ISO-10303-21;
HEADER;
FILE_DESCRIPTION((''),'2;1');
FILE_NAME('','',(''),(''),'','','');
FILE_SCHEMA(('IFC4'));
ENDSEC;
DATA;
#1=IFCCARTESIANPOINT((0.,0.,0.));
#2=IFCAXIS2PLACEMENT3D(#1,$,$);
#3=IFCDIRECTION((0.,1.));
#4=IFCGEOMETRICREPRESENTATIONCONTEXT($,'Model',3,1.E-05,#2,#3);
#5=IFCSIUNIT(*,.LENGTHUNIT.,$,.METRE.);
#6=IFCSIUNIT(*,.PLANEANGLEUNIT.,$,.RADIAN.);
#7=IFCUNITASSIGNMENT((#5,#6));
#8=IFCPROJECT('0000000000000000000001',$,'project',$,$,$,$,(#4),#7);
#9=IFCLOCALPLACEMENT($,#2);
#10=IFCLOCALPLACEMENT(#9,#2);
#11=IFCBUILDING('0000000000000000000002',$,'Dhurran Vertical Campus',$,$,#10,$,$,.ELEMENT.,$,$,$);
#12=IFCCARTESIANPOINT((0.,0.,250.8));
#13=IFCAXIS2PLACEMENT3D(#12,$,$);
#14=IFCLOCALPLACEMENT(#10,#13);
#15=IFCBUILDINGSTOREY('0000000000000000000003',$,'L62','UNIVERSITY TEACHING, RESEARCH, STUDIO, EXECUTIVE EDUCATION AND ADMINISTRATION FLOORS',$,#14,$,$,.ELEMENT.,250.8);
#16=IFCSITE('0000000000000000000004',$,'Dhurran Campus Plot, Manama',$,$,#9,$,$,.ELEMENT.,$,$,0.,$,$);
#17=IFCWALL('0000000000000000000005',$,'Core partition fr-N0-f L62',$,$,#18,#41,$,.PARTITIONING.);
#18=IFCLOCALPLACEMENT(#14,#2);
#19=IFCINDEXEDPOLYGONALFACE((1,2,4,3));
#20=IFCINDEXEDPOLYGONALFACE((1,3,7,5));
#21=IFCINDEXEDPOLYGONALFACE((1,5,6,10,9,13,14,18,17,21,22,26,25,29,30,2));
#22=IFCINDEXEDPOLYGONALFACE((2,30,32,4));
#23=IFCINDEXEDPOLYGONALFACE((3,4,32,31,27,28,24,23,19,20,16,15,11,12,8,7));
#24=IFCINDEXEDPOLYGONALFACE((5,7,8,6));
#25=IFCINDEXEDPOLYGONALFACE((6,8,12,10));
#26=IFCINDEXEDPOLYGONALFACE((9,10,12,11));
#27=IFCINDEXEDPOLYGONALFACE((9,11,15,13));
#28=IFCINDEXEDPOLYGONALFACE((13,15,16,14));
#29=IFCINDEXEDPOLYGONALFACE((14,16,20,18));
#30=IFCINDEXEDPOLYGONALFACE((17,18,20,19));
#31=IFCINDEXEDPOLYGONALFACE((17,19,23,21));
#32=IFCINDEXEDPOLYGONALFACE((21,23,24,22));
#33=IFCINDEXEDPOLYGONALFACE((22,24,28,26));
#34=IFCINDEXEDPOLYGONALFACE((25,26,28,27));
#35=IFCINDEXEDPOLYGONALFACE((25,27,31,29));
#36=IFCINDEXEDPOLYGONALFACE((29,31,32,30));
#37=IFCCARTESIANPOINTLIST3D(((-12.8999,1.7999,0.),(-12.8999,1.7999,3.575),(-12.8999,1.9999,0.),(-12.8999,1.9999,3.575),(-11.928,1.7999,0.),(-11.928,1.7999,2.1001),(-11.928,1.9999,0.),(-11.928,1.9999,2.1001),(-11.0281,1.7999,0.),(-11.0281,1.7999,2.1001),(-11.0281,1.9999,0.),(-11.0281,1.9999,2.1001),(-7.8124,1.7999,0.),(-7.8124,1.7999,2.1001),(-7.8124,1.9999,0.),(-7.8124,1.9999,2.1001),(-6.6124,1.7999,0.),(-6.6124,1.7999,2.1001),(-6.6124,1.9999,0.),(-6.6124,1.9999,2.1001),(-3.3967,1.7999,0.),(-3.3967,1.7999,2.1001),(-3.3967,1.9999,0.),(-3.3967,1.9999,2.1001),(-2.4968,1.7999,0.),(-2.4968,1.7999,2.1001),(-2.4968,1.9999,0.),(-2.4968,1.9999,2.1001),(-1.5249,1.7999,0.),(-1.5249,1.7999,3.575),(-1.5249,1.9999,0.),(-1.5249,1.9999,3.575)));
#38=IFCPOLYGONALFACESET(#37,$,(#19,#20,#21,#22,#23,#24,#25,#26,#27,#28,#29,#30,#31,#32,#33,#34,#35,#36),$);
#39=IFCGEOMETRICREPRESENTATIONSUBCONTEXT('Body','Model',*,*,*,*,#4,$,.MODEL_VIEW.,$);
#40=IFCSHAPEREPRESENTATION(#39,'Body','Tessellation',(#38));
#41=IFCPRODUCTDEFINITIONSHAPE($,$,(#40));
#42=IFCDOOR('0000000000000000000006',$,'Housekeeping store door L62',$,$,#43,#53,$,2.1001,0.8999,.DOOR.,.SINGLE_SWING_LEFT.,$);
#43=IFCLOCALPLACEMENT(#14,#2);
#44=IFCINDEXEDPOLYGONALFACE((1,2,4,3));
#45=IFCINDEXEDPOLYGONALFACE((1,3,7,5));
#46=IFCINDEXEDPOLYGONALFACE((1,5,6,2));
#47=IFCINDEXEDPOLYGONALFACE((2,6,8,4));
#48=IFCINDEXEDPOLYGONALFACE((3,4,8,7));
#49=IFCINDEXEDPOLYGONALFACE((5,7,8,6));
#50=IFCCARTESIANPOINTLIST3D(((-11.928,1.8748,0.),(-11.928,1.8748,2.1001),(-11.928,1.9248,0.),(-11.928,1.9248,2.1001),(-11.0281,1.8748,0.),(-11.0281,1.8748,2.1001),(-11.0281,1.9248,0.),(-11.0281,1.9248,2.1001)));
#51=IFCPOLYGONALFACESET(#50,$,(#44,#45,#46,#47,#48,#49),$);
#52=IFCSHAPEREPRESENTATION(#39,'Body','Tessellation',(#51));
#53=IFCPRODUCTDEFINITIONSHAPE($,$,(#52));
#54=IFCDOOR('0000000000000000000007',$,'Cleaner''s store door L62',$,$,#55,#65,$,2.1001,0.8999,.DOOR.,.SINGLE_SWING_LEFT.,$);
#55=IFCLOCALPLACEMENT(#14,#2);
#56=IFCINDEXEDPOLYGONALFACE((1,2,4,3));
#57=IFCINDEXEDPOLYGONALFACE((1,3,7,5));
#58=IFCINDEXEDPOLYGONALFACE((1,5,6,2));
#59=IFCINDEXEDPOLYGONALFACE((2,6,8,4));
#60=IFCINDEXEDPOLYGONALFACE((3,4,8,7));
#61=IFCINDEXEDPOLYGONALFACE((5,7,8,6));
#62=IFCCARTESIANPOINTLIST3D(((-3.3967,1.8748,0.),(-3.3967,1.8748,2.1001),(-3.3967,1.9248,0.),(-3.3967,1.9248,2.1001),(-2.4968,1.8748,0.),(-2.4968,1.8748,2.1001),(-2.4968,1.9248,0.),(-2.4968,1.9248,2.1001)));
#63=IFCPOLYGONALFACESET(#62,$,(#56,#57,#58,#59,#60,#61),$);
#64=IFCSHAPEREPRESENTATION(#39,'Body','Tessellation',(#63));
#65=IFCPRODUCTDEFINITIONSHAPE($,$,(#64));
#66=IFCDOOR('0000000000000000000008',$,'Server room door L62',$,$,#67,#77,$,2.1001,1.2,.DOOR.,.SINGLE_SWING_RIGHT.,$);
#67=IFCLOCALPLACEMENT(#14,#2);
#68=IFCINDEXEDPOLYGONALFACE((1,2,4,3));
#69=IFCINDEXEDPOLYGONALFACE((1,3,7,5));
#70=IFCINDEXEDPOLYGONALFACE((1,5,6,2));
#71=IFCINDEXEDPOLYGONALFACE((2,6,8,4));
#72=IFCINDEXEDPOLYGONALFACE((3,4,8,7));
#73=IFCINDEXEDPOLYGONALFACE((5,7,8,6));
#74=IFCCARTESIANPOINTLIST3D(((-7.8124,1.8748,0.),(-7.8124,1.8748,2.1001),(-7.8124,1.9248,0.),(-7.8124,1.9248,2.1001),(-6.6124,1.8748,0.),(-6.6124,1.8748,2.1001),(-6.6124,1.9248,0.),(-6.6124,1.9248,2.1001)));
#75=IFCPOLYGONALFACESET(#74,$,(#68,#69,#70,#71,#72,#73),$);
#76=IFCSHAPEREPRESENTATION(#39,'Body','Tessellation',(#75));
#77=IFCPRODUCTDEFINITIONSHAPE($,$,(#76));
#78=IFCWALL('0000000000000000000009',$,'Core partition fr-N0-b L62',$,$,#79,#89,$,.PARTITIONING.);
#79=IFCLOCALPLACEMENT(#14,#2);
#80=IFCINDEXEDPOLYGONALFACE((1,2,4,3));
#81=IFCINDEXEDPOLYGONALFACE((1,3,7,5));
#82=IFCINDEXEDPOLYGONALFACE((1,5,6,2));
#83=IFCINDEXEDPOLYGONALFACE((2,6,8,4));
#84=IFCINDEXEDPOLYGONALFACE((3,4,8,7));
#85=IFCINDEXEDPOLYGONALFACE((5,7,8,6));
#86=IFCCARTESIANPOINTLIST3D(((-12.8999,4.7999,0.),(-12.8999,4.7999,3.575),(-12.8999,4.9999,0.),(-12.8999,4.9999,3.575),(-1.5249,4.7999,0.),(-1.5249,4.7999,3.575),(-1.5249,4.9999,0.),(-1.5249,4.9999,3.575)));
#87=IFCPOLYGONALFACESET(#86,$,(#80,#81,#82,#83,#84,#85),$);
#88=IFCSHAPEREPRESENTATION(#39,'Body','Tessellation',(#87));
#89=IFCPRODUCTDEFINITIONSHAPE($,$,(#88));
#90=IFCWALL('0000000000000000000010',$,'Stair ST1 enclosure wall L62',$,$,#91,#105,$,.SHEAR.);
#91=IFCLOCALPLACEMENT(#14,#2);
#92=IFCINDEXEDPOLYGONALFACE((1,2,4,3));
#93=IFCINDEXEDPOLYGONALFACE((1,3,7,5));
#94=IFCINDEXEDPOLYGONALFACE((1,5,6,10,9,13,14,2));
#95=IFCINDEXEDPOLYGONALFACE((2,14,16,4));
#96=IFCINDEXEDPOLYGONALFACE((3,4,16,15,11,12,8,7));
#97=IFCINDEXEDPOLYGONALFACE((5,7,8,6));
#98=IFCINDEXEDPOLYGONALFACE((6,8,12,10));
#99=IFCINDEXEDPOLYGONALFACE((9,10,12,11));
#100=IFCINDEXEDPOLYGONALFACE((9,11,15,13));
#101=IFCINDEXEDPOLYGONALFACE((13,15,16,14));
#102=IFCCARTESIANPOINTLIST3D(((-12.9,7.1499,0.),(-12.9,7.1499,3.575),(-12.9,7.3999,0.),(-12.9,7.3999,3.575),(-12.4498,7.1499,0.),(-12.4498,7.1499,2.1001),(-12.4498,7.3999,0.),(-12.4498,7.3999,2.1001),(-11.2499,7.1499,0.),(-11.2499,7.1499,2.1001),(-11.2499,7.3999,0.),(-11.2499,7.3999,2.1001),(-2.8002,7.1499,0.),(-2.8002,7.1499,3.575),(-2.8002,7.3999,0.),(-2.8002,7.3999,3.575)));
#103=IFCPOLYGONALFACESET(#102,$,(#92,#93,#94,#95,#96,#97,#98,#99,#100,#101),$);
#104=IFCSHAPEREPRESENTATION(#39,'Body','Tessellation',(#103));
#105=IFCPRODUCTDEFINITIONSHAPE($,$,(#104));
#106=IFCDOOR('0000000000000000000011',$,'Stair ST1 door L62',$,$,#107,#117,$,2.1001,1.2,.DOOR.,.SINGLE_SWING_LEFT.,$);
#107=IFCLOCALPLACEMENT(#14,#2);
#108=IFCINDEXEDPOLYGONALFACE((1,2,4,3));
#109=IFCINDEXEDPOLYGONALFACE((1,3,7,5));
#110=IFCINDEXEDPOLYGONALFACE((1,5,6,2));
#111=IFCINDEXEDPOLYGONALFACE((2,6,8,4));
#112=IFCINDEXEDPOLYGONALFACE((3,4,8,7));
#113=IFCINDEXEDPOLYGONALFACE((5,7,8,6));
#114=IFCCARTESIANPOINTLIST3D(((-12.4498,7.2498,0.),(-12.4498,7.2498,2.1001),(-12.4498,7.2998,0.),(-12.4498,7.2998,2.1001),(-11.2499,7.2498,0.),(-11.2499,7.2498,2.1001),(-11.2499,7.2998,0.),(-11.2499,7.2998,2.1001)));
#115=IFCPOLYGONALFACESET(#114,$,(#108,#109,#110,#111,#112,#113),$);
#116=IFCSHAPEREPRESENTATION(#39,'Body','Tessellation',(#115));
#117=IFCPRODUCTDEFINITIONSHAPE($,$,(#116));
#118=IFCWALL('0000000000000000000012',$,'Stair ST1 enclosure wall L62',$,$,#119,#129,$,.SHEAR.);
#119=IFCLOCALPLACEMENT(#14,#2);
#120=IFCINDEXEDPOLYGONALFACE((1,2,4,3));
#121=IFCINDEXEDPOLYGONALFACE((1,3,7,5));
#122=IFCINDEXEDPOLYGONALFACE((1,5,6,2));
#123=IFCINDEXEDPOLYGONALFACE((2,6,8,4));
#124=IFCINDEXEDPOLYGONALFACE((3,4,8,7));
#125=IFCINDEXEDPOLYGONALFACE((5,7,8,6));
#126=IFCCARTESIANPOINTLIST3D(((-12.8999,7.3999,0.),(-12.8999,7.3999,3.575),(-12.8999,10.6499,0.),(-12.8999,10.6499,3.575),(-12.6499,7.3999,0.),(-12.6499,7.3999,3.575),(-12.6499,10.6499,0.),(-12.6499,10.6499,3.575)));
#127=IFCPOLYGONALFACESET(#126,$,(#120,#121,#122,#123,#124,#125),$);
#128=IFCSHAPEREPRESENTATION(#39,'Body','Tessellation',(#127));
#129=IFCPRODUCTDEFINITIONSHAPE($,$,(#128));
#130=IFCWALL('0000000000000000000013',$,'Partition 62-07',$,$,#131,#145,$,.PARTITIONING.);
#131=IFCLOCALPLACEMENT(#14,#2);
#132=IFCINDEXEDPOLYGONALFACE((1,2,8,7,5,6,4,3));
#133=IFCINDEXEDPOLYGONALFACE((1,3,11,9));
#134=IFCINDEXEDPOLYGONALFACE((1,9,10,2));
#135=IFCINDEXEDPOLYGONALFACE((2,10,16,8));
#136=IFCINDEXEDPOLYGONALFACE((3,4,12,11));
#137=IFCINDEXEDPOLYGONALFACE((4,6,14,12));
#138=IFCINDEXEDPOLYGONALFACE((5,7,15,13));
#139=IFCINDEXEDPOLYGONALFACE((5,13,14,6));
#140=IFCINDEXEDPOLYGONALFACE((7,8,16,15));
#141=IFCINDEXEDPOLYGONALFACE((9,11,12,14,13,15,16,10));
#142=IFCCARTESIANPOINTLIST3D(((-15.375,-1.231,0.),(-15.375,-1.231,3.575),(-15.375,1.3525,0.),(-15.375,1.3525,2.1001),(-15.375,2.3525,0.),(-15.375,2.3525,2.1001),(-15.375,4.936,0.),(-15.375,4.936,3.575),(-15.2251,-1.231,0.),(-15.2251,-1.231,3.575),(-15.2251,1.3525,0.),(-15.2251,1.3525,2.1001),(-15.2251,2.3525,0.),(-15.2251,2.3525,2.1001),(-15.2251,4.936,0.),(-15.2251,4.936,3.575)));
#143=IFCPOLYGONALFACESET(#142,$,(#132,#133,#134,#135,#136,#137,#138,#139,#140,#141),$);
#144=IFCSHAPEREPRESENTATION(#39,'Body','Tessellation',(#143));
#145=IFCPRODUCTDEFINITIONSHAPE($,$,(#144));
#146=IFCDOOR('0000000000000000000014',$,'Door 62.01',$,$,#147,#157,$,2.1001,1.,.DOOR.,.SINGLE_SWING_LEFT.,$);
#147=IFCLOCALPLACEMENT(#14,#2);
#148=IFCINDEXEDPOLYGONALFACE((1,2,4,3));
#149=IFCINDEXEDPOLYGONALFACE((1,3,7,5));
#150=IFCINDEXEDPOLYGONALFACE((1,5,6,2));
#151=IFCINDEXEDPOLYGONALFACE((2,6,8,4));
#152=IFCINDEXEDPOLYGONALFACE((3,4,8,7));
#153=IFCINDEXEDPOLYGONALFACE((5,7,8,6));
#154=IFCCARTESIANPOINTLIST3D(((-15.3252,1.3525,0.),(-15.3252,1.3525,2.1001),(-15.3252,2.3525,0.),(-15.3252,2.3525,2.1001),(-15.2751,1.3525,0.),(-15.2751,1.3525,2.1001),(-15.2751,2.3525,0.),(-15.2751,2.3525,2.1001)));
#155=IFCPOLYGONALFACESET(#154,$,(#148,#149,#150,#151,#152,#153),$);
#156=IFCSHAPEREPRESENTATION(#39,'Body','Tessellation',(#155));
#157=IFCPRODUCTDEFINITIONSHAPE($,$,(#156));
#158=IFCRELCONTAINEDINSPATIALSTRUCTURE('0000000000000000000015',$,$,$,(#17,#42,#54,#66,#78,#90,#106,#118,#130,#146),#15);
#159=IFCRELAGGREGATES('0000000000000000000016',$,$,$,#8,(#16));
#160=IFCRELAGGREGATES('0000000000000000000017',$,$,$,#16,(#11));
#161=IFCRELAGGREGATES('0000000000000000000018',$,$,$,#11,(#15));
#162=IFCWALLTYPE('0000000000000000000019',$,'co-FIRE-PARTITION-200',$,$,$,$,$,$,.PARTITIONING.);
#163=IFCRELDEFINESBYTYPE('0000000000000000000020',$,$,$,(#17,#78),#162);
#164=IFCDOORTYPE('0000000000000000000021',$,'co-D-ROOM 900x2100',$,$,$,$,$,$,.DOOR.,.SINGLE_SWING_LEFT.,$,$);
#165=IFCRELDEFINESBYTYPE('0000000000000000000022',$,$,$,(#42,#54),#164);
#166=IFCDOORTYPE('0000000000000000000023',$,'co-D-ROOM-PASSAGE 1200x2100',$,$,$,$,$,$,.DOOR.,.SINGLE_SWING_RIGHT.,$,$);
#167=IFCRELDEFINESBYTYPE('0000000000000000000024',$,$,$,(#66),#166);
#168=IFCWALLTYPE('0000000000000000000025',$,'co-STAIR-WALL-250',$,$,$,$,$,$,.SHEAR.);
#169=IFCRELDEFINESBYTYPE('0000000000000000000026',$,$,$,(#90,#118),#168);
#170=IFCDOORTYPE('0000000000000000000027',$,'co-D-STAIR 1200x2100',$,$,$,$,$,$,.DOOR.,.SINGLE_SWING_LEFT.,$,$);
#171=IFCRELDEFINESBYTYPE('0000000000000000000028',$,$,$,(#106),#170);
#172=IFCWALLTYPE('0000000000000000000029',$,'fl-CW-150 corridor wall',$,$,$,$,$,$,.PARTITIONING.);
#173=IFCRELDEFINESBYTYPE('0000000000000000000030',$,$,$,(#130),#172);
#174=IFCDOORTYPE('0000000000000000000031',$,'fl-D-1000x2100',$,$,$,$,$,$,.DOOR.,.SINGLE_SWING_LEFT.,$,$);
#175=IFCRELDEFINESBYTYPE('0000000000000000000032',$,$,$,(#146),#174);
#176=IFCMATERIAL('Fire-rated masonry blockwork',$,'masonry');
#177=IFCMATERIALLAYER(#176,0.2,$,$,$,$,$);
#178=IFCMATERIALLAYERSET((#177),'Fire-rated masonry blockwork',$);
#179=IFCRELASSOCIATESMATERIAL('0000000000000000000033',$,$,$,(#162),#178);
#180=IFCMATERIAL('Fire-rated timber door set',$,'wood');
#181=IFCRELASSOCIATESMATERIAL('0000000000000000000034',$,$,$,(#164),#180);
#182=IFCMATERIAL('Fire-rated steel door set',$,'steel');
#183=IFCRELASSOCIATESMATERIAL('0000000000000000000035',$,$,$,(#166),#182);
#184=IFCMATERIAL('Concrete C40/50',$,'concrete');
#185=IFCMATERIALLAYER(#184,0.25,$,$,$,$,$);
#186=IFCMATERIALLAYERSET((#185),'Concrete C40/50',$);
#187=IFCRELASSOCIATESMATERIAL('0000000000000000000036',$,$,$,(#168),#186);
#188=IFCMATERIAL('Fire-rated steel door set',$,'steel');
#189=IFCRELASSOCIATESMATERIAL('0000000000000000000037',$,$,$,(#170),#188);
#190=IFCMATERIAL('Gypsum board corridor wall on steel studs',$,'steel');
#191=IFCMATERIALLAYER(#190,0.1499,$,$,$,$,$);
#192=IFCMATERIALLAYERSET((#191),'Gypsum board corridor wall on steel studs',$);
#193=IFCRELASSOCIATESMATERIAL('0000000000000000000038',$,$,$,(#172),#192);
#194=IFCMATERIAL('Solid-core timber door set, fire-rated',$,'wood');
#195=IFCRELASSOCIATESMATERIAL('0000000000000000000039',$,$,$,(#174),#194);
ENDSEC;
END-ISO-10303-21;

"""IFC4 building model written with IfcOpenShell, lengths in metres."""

from ifc_helpers import new_model, si_unit, direction, frame, frame_2d, origin, place, context, subcontext, project, spatial, rectangle, extrude, material, layer, layer_set, type_object, element, fill, save


model = new_model("IFC4")

# Units and contexts
model_context = context("Model", 3, precision=1e-05, world=origin(), true_north=direction((0.0, 1.0)))
body_context = subcontext(model_context, "Body", "Model", "MODEL_VIEW")
ifc_project = project(units=[si_unit("LENGTHUNIT", "METRE"), si_unit("PLANEANGLEUNIT", "RADIAN")], contexts=[model_context])

# Site, building, storey
site_placement = place(None, origin())
site = spatial("IfcSite", under=ifc_project, at=site_placement, Name="Dhurran Campus Plot, Manama", CompositionType="ELEMENT", RefElevation=0.0)
building_placement = place(site_placement, origin())
building = spatial("IfcBuilding", under=site, at=building_placement, Name="Dhurran Vertical Campus", CompositionType="ELEMENT")
storey_placement = place(building_placement, frame((0.0, 0.0, 250.8)))
storey = spatial("IfcBuildingStorey", under=building, at=storey_placement, Name="L62", Description="UNIVERSITY TEACHING, RESEARCH, STUDIO, EXECUTIVE EDUCATION AND ADMINISTRATION FLOORS", CompositionType="ELEMENT", Elevation=250.8)

# Wall, openings, doors
ifc_material_1 = material(Name="Fire-rated masonry blockwork", Category="masonry")
ifc_layer_1 = layer(ifc_material_1, 0.2)
ifc_layer_set_1 = layer_set([ifc_layer_1], Name="Fire-rated masonry blockwork")
wall_type_1 = type_object("IfcWallType", Name="co-FIRE-PARTITION-200", PredefinedType="PARTITIONING", material=ifc_layer_set_1)
wall_1_placement = place(storey_placement, frame((-12.8999, 1.8999, 0.0), z_axis=(0.0, 0.0, 1.0), x_axis=(1.0, 0.0, 0.0)))
wall_1 = element("IfcWall", 1, at=wall_1_placement, inside=storey, type_object=wall_type_1, Name="Core partition fr-N0-f L62", PredefinedType="PARTITIONING", context=body_context, shape_type="SweptSolid", body=[
    extrude(rectangle(XDim=11.375, YDim=0.2, at=frame_2d((5.6875, 0.0))), origin(), (0.0, 0.0, 1.0), 3.575),
])
opening_1_placement = place(wall_1_placement, frame((0.9719, 0.0, 0.0)))
opening_1 = element("IfcOpeningElement", 2, at=opening_1_placement, cuts=wall_1, PredefinedType="OPENING", context=body_context, shape_type="SweptSolid", body=[
    extrude(rectangle(XDim=0.8999, YDim=2.1001, at=frame_2d((0.45, 1.05))), frame((0.0, 0.1099, 0.0), z_axis=(0.0, -1.0, 0.0), x_axis=(1.0, 0.0, 0.0)), (0.0, 0.0, 1.0), 0.22),
])
opening_2_placement = place(wall_1_placement, frame((5.0874, 0.0, 0.0)))
opening_2 = element("IfcOpeningElement", 3, at=opening_2_placement, cuts=wall_1, PredefinedType="OPENING", context=body_context, shape_type="SweptSolid", body=[
    extrude(rectangle(XDim=1.2, YDim=2.1001, at=frame_2d((0.6001, 1.05))), frame((0.0, 0.1099, 0.0), z_axis=(0.0, -1.0, 0.0), x_axis=(1.0, 0.0, 0.0)), (0.0, 0.0, 1.0), 0.22),
])
opening_3_placement = place(wall_1_placement, frame((9.5032, 0.0, 0.0)))
opening_3 = element("IfcOpeningElement", 4, at=opening_3_placement, cuts=wall_1, PredefinedType="OPENING", context=body_context, shape_type="SweptSolid", body=[
    extrude(rectangle(XDim=0.8999, YDim=2.1001, at=frame_2d((0.45, 1.05))), frame((0.0, 0.1099, 0.0), z_axis=(0.0, -1.0, 0.0), x_axis=(1.0, 0.0, 0.0)), (0.0, 0.0, 1.0), 0.22),
])
ifc_material_2 = material(Name="Fire-rated timber door set", Category="wood")
door_type_1 = type_object("IfcDoorType", Name="co-D-ROOM 900x2100", OperationType="SINGLE_SWING_LEFT", PredefinedType="DOOR", material=ifc_material_2)
door_1_placement = place(opening_1_placement, origin())
door_1 = element("IfcDoor", 5, at=door_1_placement, inside=storey, type_object=door_type_1, Name="Housekeeping store door L62", OperationType="SINGLE_SWING_LEFT", OverallHeight=2.1001, OverallWidth=0.8999, PredefinedType="DOOR", context=body_context, shape_type="SweptSolid", body=[
    extrude(rectangle(XDim=0.8999, YDim=2.1001, at=frame_2d((0.45, 1.05))), frame((0.0, 0.0249, 0.0), z_axis=(0.0, -1.0, 0.0), x_axis=(1.0, 0.0, 0.0)), (0.0, 0.0, 1.0), 0.05),
])
fill(opening_1, door_1)
door_2_placement = place(opening_3_placement, origin())
door_2 = element("IfcDoor", 6, at=door_2_placement, inside=storey, type_object=door_type_1, Name="Cleaner's store door L62", OperationType="SINGLE_SWING_LEFT", OverallHeight=2.1001, OverallWidth=0.8999, PredefinedType="DOOR", context=body_context, shape_type="SweptSolid", body=[
    extrude(rectangle(XDim=0.8999, YDim=2.1001, at=frame_2d((0.45, 1.05))), frame((0.0, 0.0249, 0.0), z_axis=(0.0, -1.0, 0.0), x_axis=(1.0, 0.0, 0.0)), (0.0, 0.0, 1.0), 0.05),
])
fill(opening_3, door_2)
ifc_material_3 = material(Name="Fire-rated steel door set", Category="steel")
door_type_2 = type_object("IfcDoorType", Name="co-D-ROOM-PASSAGE 1200x2100", OperationType="SINGLE_SWING_RIGHT", PredefinedType="DOOR", material=ifc_material_3)
door_3_placement = place(opening_2_placement, origin())
door_3 = element("IfcDoor", 7, at=door_3_placement, inside=storey, type_object=door_type_2, Name="Server room door L62", OperationType="SINGLE_SWING_RIGHT", OverallHeight=2.1001, OverallWidth=1.2, PredefinedType="DOOR", context=body_context, shape_type="SweptSolid", body=[
    extrude(rectangle(XDim=1.2, YDim=2.1001, at=frame_2d((0.6001, 1.05))), frame((0.0, 0.0249, 0.0), z_axis=(0.0, -1.0, 0.0), x_axis=(1.0, 0.0, 0.0)), (0.0, 0.0, 1.0), 0.05),
])
fill(opening_2, door_3)

# Wall
wall_2_placement = place(storey_placement, frame((-12.8999, 4.8999, 0.0), z_axis=(0.0, 0.0, 1.0), x_axis=(1.0, 0.0, 0.0)))
element("IfcWall", 8, at=wall_2_placement, inside=storey, type_object=wall_type_1, Name="Core partition fr-N0-b L62", PredefinedType="PARTITIONING", context=body_context, shape_type="SweptSolid", body=[
    extrude(rectangle(XDim=11.375, YDim=0.2, at=frame_2d((5.6875, 0.0))), origin(), (0.0, 0.0, 1.0), 3.575),
])

# Wall, opening, door
ifc_material_4 = material(Name="Concrete C40/50", Category="concrete")
ifc_layer_2 = layer(ifc_material_4, 0.25)
ifc_layer_set_2 = layer_set([ifc_layer_2], Name="Concrete C40/50")
wall_type_2 = type_object("IfcWallType", Name="co-STAIR-WALL-250", PredefinedType="SHEAR", material=ifc_layer_set_2)
wall_3_placement = place(storey_placement, frame((-12.8999, 7.2749, 0.0), z_axis=(0.0, 0.0, 1.0), x_axis=(1.0, 0.0, 0.0)))
wall_3 = element("IfcWall", 9, at=wall_3_placement, inside=storey, type_object=wall_type_2, Name="Stair ST1 enclosure wall L62", PredefinedType="SHEAR", context=body_context, shape_type="SweptSolid", body=[
    extrude(rectangle(XDim=10.0999, YDim=0.25, at=frame_2d((5.0498, 0.0))), origin(), (0.0, 0.0, 1.0), 3.575),
])
opening_4_placement = place(wall_3_placement, frame((0.45, 0.0, 0.0)))
opening_4 = element("IfcOpeningElement", 10, at=opening_4_placement, cuts=wall_3, PredefinedType="OPENING", context=body_context, shape_type="SweptSolid", body=[
    extrude(rectangle(XDim=1.2, YDim=2.1001, at=frame_2d((0.6001, 1.05))), frame((0.0, 0.135, 0.0), z_axis=(0.0, -1.0, 0.0), x_axis=(1.0, 0.0, 0.0)), (0.0, 0.0, 1.0), 0.27),
])
ifc_material_5 = material(Name="Fire-rated steel door set", Category="steel")
door_type_3 = type_object("IfcDoorType", Name="co-D-STAIR 1200x2100", OperationType="SINGLE_SWING_LEFT", PredefinedType="DOOR", material=ifc_material_5)
door_4_placement = place(opening_4_placement, origin())
door_4 = element("IfcDoor", 11, at=door_4_placement, inside=storey, type_object=door_type_3, Name="Stair ST1 door L62", OperationType="SINGLE_SWING_LEFT", OverallHeight=2.1001, OverallWidth=1.2, PredefinedType="DOOR", context=body_context, shape_type="SweptSolid", body=[
    extrude(rectangle(XDim=1.2, YDim=2.1001, at=frame_2d((0.6001, 1.05))), frame((0.0, 0.0249, 0.0), z_axis=(0.0, -1.0, 0.0), x_axis=(1.0, 0.0, 0.0)), (0.0, 0.0, 1.0), 0.05),
])
fill(opening_4, door_4)

# Wall
wall_4_placement = place(storey_placement, frame((-12.7749, 7.3999, 0.0), z_axis=(0.0, 0.0, 1.0), x_axis=(0.0, 1.0, 0.0)))
element("IfcWall", 12, at=wall_4_placement, inside=storey, type_object=wall_type_2, Name="Stair ST1 enclosure wall L62", PredefinedType="SHEAR", context=body_context, shape_type="SweptSolid", body=[
    extrude(rectangle(XDim=3.25, YDim=0.25, at=frame_2d((1.625, 0.0))), origin(), (0.0, 0.0, 1.0), 3.575),
])

# Wall, opening, door
ifc_material_6 = material(Name="Gypsum board corridor wall on steel studs", Category="steel")
ifc_layer_3 = layer(ifc_material_6, 0.1499)
ifc_layer_set_3 = layer_set([ifc_layer_3], Name="Gypsum board corridor wall on steel studs")
wall_type_3 = type_object("IfcWallType", Name="fl-CW-150 corridor wall", PredefinedType="PARTITIONING", material=ifc_layer_set_3)
wall_5_placement = place(storey_placement, frame((-15.3, 4.936, 0.0), z_axis=(0.0, 0.0, 1.0), x_axis=(0.0, -1.0, 0.0)))
wall_5 = element("IfcWall", 13, at=wall_5_placement, inside=storey, type_object=wall_type_3, Name="Partition 62-07", PredefinedType="PARTITIONING", context=body_context, shape_type="SweptSolid", body=[
    extrude(rectangle(XDim=6.167, YDim=0.1499, at=frame_2d((3.0835, 0.0))), origin(), (0.0, 0.0, 1.0), 3.575),
])
opening_5_placement = place(wall_5_placement, frame((2.5835, 0.0, 0.0)))
opening_5 = element("IfcOpeningElement", 14, at=opening_5_placement, cuts=wall_5, PredefinedType="OPENING", context=body_context, shape_type="SweptSolid", body=[
    extrude(rectangle(XDim=1.0, YDim=2.1001, at=frame_2d((0.5, 1.05))), frame((0.0, 0.085, 0.0), z_axis=(0.0, -1.0, 0.0), x_axis=(1.0, 0.0, 0.0)), (0.0, 0.0, 1.0), 0.1699),
])
ifc_material_7 = material(Name="Solid-core timber door set, fire-rated", Category="wood")
door_type_4 = type_object("IfcDoorType", Name="fl-D-1000x2100", OperationType="SINGLE_SWING_LEFT", PredefinedType="DOOR", material=ifc_material_7)
door_5_placement = place(opening_5_placement, origin())
door_5 = element("IfcDoor", 15, at=door_5_placement, inside=storey, type_object=door_type_4, Name="Door 62.01", OperationType="SINGLE_SWING_LEFT", OverallHeight=2.1001, OverallWidth=1.0, PredefinedType="DOOR", context=body_context, shape_type="SweptSolid", body=[
    extrude(rectangle(XDim=1.0, YDim=2.1001, at=frame_2d((0.5, 1.05))), frame((0.0, 0.0249, 0.0), z_axis=(0.0, -1.0, 0.0), x_axis=(1.0, 0.0, 0.0)), (0.0, 0.0, 1.0), 0.05),
])
fill(opening_5, door_5)

save(model, "model.ifc")
